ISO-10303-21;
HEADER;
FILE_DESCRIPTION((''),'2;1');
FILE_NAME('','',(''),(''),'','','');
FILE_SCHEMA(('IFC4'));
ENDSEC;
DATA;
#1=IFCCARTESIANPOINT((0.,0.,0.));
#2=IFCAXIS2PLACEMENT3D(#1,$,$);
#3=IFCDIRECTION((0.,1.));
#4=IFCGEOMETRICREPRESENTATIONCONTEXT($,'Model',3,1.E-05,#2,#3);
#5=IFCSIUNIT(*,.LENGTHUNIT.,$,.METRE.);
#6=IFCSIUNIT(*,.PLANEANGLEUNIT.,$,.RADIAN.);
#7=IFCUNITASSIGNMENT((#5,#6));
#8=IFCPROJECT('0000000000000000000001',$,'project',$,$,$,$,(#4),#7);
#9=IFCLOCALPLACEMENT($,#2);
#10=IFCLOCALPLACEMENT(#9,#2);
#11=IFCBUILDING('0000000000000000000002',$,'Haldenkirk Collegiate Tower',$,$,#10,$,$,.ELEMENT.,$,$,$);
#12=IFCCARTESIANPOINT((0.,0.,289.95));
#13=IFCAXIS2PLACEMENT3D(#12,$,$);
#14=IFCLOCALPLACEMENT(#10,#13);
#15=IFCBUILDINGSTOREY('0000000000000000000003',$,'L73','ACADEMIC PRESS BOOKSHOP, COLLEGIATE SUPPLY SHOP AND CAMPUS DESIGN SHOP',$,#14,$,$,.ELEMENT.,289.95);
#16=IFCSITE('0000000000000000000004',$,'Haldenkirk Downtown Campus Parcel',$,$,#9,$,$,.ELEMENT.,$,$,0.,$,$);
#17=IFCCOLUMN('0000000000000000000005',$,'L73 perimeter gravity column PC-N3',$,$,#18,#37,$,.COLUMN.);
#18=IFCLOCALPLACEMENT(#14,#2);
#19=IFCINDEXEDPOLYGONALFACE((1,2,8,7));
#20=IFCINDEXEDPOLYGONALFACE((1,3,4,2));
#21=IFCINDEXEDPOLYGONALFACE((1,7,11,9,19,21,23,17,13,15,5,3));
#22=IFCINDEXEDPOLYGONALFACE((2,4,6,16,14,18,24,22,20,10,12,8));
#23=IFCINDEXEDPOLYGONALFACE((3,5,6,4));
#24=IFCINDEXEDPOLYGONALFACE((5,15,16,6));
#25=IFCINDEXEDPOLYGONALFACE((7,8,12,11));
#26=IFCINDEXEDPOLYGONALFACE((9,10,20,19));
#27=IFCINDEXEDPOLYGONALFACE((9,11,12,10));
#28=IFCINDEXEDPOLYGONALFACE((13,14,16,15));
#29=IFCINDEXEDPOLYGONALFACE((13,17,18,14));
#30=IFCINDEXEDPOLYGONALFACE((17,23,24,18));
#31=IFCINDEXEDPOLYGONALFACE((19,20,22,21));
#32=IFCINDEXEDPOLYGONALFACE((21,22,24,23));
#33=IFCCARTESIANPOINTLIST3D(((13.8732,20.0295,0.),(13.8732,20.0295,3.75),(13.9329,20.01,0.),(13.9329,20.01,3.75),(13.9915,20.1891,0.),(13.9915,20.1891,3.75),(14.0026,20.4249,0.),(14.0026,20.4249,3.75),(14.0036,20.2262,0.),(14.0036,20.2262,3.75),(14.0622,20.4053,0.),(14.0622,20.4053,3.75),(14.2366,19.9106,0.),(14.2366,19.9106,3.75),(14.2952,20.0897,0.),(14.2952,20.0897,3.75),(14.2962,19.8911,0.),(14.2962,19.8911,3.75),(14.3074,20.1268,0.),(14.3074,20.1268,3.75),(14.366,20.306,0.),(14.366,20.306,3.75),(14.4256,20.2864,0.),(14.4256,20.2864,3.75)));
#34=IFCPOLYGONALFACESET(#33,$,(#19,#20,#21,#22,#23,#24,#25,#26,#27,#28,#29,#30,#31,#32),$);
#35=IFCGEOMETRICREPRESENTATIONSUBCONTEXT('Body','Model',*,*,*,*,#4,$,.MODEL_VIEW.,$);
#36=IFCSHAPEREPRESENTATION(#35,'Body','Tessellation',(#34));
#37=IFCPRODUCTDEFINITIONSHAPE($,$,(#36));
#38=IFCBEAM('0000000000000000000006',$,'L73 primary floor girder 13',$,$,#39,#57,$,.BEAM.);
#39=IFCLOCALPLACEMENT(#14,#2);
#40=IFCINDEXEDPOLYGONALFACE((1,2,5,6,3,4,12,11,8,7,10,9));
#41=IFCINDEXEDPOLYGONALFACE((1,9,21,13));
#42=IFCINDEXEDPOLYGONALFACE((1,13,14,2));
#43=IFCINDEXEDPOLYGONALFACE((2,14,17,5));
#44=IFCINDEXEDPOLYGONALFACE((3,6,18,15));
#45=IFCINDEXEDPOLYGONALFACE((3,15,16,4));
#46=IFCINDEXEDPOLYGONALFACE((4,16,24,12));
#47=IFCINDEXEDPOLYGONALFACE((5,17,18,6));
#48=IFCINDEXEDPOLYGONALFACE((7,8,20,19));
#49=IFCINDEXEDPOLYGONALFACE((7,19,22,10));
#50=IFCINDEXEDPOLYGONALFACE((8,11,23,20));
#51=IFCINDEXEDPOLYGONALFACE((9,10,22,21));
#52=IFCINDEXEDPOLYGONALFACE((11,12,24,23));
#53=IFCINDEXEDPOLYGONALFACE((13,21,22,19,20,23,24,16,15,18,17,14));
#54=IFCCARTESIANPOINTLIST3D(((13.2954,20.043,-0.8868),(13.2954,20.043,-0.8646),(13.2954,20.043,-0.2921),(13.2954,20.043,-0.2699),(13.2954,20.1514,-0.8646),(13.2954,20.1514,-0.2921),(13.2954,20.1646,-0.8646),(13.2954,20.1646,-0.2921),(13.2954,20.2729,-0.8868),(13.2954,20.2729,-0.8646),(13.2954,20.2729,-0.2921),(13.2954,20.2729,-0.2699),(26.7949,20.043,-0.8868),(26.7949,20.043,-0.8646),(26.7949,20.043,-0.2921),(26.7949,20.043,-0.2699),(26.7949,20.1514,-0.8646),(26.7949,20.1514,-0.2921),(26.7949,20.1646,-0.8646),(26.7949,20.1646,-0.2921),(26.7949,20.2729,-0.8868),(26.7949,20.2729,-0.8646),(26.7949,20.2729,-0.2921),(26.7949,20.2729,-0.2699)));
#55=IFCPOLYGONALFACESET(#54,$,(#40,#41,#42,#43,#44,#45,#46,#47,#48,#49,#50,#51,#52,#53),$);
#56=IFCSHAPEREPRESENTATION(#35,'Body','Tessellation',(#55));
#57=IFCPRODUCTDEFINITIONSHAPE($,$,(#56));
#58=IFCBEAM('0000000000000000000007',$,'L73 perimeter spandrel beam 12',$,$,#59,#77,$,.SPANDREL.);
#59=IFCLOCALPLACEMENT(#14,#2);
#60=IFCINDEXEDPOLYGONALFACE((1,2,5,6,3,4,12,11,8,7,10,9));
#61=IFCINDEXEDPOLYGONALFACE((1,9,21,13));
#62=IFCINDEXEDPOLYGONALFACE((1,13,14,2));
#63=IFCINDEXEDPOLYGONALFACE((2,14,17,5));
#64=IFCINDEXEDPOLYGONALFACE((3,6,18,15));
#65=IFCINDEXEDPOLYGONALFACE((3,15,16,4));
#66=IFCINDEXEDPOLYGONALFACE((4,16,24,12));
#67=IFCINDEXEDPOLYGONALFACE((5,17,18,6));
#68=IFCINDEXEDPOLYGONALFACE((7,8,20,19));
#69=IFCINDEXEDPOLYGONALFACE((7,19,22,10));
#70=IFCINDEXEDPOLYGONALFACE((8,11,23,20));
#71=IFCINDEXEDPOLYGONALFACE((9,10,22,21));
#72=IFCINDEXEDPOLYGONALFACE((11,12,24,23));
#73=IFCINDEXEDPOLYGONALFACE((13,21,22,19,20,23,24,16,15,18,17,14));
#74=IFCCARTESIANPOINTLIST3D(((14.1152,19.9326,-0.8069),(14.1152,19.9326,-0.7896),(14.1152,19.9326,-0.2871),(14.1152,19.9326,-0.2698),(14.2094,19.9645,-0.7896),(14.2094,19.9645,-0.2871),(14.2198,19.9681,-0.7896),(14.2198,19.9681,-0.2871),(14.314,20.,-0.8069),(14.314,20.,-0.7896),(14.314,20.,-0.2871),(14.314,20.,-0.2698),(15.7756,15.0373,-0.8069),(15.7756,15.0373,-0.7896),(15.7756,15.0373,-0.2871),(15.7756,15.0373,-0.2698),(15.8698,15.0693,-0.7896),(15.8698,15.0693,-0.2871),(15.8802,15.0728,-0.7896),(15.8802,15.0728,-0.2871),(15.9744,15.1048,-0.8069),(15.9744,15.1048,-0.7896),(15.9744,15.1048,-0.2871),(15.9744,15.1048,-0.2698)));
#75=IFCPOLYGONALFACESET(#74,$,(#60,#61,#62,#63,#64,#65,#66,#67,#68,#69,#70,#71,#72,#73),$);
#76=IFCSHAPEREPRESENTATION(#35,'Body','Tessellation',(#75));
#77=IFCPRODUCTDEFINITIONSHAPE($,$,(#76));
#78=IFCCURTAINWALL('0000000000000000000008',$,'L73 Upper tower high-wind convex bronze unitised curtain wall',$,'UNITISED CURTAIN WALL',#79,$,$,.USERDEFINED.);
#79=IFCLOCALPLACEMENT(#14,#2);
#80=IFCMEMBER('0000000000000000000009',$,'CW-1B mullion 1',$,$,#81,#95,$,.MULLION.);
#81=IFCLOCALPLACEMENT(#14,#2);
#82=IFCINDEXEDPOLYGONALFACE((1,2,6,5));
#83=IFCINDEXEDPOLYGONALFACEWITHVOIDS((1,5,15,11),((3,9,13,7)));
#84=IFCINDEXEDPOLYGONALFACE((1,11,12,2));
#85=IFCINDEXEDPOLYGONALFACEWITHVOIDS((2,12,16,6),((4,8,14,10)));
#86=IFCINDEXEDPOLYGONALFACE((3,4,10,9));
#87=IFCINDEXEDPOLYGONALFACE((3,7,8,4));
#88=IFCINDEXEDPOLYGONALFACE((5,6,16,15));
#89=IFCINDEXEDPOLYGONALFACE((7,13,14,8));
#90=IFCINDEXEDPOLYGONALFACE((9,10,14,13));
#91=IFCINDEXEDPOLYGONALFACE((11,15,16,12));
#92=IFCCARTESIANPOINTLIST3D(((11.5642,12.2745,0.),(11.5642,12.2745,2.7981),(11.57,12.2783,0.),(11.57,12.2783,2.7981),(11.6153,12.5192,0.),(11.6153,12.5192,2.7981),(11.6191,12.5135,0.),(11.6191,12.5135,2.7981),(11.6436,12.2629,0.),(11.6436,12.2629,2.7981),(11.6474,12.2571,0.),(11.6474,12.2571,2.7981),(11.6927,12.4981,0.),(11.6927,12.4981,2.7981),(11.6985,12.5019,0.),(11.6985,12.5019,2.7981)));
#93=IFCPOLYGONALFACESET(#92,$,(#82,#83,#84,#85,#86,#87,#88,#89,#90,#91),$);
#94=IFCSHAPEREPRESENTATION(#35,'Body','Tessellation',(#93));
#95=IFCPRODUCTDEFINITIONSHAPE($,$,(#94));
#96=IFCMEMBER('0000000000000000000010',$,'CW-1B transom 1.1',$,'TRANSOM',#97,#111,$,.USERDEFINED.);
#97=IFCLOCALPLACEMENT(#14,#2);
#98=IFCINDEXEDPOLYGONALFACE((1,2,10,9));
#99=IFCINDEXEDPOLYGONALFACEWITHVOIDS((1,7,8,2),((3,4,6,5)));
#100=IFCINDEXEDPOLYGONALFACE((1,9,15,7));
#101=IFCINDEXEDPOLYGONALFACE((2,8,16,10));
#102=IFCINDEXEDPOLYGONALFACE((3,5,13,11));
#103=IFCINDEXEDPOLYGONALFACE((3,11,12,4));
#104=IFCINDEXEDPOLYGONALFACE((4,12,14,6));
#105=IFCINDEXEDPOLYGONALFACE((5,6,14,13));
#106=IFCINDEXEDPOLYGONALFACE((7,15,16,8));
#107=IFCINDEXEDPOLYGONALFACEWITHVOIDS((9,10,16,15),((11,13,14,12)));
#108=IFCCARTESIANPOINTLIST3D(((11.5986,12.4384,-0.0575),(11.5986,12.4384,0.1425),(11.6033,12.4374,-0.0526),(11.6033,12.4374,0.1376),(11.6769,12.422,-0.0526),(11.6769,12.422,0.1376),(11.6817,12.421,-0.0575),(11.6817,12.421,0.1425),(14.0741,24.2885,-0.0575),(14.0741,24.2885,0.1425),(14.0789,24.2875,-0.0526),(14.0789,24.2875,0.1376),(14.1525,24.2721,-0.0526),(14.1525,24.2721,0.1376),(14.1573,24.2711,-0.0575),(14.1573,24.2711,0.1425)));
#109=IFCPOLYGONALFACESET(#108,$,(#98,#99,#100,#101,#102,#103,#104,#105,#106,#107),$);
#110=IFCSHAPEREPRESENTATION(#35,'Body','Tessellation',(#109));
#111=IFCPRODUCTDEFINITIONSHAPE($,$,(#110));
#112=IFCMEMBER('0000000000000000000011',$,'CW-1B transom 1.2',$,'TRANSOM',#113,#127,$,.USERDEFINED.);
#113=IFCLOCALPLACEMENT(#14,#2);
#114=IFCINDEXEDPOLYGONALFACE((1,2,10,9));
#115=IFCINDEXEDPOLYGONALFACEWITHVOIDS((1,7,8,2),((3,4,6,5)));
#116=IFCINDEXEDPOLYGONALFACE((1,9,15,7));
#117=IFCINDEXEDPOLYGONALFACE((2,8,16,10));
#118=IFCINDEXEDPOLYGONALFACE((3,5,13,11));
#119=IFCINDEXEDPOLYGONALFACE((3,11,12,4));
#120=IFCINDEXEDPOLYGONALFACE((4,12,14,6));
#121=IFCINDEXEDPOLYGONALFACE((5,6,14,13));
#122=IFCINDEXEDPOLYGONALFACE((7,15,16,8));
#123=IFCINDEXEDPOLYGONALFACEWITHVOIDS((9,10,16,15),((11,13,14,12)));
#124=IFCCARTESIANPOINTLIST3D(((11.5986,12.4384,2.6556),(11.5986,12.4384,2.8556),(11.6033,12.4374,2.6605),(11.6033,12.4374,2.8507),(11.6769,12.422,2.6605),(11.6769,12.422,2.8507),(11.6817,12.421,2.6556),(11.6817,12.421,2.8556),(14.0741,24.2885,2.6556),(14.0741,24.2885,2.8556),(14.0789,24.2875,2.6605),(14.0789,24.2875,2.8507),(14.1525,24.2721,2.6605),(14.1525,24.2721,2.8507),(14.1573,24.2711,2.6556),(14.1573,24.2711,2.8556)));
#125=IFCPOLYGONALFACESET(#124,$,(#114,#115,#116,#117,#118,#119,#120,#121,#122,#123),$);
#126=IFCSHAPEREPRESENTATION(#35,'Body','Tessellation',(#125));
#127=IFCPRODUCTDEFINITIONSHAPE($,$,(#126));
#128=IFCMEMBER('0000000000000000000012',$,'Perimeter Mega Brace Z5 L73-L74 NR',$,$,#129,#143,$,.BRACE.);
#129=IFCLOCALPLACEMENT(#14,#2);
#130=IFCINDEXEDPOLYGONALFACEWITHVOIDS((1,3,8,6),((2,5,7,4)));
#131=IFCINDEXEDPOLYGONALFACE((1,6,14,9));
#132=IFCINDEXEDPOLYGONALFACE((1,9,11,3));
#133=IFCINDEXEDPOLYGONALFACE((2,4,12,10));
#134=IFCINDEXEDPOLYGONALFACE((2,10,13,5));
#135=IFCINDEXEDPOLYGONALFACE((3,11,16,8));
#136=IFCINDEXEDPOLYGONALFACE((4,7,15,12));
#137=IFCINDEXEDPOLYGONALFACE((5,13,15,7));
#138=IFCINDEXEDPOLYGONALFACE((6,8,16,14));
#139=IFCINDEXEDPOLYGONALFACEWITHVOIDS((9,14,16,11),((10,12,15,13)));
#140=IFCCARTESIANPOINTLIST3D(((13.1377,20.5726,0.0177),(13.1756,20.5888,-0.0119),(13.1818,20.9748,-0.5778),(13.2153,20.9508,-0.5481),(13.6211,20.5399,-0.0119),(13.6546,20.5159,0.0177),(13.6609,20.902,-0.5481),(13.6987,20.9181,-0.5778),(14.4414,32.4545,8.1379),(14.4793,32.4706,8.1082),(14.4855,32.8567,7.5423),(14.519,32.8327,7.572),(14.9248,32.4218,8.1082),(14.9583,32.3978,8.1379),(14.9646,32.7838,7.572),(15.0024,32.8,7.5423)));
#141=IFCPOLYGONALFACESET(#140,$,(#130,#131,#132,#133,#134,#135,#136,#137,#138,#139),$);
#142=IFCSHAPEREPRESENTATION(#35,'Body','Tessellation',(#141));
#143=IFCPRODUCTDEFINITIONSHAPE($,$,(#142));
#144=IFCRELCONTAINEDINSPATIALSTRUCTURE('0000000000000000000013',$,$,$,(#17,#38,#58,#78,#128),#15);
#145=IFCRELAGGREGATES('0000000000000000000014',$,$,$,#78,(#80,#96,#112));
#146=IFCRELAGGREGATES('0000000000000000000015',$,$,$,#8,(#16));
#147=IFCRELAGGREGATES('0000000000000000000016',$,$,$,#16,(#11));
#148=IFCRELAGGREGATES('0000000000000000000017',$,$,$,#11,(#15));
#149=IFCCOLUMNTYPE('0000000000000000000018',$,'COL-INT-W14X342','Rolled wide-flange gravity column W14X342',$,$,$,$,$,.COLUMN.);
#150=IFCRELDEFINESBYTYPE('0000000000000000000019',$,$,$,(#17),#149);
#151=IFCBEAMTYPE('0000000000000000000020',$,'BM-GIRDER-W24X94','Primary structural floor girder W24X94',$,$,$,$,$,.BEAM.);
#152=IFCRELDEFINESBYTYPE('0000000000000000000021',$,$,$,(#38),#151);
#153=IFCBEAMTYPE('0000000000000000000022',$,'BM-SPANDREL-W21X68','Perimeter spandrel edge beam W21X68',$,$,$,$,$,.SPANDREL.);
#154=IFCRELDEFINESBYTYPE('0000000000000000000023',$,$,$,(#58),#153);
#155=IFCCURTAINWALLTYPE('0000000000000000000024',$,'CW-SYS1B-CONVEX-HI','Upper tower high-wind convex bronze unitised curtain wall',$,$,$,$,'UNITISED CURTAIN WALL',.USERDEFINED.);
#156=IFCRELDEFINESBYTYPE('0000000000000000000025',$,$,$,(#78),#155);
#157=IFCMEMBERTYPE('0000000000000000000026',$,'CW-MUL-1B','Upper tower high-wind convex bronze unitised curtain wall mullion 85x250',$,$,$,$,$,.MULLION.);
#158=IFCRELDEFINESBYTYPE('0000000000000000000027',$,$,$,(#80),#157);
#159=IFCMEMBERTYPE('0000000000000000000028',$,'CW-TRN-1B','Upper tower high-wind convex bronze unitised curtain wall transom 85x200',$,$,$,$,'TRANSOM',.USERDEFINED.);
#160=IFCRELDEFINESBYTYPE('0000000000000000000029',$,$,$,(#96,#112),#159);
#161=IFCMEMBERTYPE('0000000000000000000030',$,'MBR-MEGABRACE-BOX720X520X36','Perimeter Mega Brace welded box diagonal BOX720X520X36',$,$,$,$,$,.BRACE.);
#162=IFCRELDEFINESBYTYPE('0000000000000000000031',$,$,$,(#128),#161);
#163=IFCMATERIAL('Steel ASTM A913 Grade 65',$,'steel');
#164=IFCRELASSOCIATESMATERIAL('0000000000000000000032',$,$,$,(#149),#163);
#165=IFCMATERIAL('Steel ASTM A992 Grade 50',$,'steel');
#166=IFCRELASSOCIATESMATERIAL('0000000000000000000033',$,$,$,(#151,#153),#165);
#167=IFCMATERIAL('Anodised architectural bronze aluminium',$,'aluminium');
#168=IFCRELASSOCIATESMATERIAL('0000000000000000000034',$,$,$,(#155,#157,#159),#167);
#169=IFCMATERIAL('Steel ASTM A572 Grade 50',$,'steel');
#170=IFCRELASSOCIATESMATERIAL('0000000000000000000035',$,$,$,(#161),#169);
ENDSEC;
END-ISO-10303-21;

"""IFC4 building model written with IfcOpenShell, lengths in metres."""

from ifc_helpers import new_model, si_unit, direction, frame, origin, origin_2d, place, context, subcontext, project, spatial, hollow_rectangle, i_section, extrude, material, material_profile, profile_set, type_object, element, aggregate, save


model = new_model("IFC4")

# Units and contexts
model_context = context("Model", 3, precision=1e-05, world=origin(), true_north=direction((0.0, 1.0)))
body_context = subcontext(model_context, "Body", "Model", "MODEL_VIEW")
ifc_project = project(units=[si_unit("LENGTHUNIT", "METRE"), si_unit("PLANEANGLEUNIT", "RADIAN")], contexts=[model_context])

# Site, building, storey
site_placement = place(None, origin())
site = spatial("IfcSite", under=ifc_project, at=site_placement, Name="Haldenkirk Downtown Campus Parcel", CompositionType="ELEMENT", RefElevation=0.0)
building_placement = place(site_placement, origin())
building = spatial("IfcBuilding", under=site, at=building_placement, Name="Haldenkirk Collegiate Tower", CompositionType="ELEMENT")
storey_placement = place(building_placement, frame((0.0, 0.0, 289.95)))
storey = spatial("IfcBuildingStorey", under=building, at=storey_placement, Name="L73", Description="ACADEMIC PRESS BOOKSHOP, COLLEGIATE SUPPLY SHOP AND CAMPUS DESIGN SHOP", CompositionType="ELEMENT", Elevation=289.95)

# Column
ifc_material_1 = material(Name="Steel ASTM A913 Grade 65", Category="steel")
ifc_material_profile_1 = material_profile(ifc_material_1, i_section(OverallWidth=0.416, OverallDepth=0.4451, WebThickness=0.0391, FlangeThickness=0.0627, at=origin_2d()), Name="W14X342")
ifc_profile_set_1 = profile_set([ifc_material_profile_1], Name="Steel ASTM A913 Grade 65")
column_type = type_object("IfcColumnType", Name="COL-INT-W14X342", Description="Rolled wide-flange gravity column W14X342", PredefinedType="COLUMN", material=ifc_profile_set_1)
column_placement = place(storey_placement, frame((14.1494, 20.158, 0.0), z_axis=(0.0, 0.0, 1.0), x_axis=(0.311008, 0.950407, 0.0)))
element("IfcColumn", 1, at=column_placement, inside=storey, type_object=column_type, Name="L73 perimeter gravity column PC-N3", PredefinedType="COLUMN", context=body_context, shape_type="SweptSolid", body=[
    extrude(i_section(OverallWidth=0.416, OverallDepth=0.4451, WebThickness=0.0391, FlangeThickness=0.0627, at=origin_2d()), origin(), (0.0, 0.0, 1.0), 3.75),
])

# Beams
ifc_material_2 = material(Name="Steel ASTM A992 Grade 50", Category="steel")
ifc_material_profile_2 = material_profile(ifc_material_2, i_section(OverallWidth=0.23, OverallDepth=0.6169, WebThickness=0.0132, FlangeThickness=0.0222, at=origin_2d()), Name="W24X94")
ifc_profile_set_2 = profile_set([ifc_material_profile_2], Name="Steel ASTM A992 Grade 50")
beam_type_1 = type_object("IfcBeamType", Name="BM-GIRDER-W24X94", Description="Primary structural floor girder W24X94", PredefinedType="BEAM", material=ifc_profile_set_2)
beam_1_placement = place(storey_placement, frame((13.2954, 20.158, -0.5784), z_axis=(1.0, 0.0, 0.0), x_axis=(0.0, 1.0, 0.0)))
element("IfcBeam", 2, at=beam_1_placement, inside=storey, type_object=beam_type_1, Name="L73 primary floor girder 13", PredefinedType="BEAM", context=body_context, shape_type="SweptSolid", body=[
    extrude(i_section(OverallWidth=0.23, OverallDepth=0.6169, WebThickness=0.0132, FlangeThickness=0.0222, at=origin_2d()), origin(), (0.0, 0.0, 1.0), 13.4995),
])
ifc_material_profile_3 = material_profile(ifc_material_2, i_section(OverallWidth=0.21, OverallDepth=0.5371, WebThickness=0.011, FlangeThickness=0.0173, at=origin_2d()), Name="W21X68")
ifc_profile_set_3 = profile_set([ifc_material_profile_3], Name="Steel ASTM A992 Grade 50")
beam_type_2 = type_object("IfcBeamType", Name="BM-SPANDREL-W21X68", Description="Perimeter spandrel edge beam W21X68", PredefinedType="SPANDREL", material=ifc_profile_set_3)
beam_2_placement = place(storey_placement, frame((14.2146, 19.9663, -0.5383), z_axis=(0.321211, -0.947008, 0.0), x_axis=(0.947008, 0.321211, 0.0)))
element("IfcBeam", 3, at=beam_2_placement, inside=storey, type_object=beam_type_2, Name="L73 perimeter spandrel beam 12", PredefinedType="SPANDREL", context=body_context, shape_type="SweptSolid", body=[
    extrude(i_section(OverallWidth=0.21, OverallDepth=0.5371, WebThickness=0.011, FlangeThickness=0.0173, at=origin_2d()), origin(), (0.0, 0.0, 1.0), 5.1692),
])

# Curtain wall, members
ifc_material_3 = material(Name="Anodised architectural bronze aluminium", Category="aluminium")
curtain_wall_type = type_object("IfcCurtainWallType", Name="CW-SYS1B-CONVEX-HI", Description="Upper tower high-wind convex bronze unitised curtain wall", ElementType="UNITISED CURTAIN WALL", PredefinedType="USERDEFINED", material=ifc_material_3)
curtain_wall_placement = place(storey_placement, origin())
curtain_wall = element("IfcCurtainWall", 4, at=curtain_wall_placement, inside=storey, type_object=curtain_wall_type, Name="L73 Upper tower high-wind convex bronze unitised curtain wall", ObjectType="UNITISED CURTAIN WALL", PredefinedType="USERDEFINED")
ifc_material_profile_4 = material_profile(ifc_material_3, hollow_rectangle(XDim=0.085, YDim=0.25, WallThickness=0.0049, at=origin_2d()), Name="CW-MUL-1B")
ifc_profile_set_4 = profile_set([ifc_material_profile_4], Name="Anodised architectural bronze aluminium")
member_type_1 = type_object("IfcMemberType", Name="CW-MUL-1B", Description="Upper tower high-wind convex bronze unitised curtain wall mullion 85x250", PredefinedType="MULLION", material=ifc_profile_set_4)
member_1_placement = place(storey_placement, frame((11.6313, 12.3882, 0.0), z_axis=(0.0, 0.0, 1.0), x_axis=(-0.978867, 0.204499, 0.0)))
member_1 = element("IfcMember", 5, at=member_1_placement, type_object=member_type_1, Name="CW-1B mullion 1", PredefinedType="MULLION", context=body_context, shape_type="SweptSolid", body=[
    extrude(hollow_rectangle(XDim=0.085, YDim=0.25, WallThickness=0.0049, at=origin_2d()), origin(), (0.0, 0.0, 1.0), 2.7981),
])
ifc_material_profile_5 = material_profile(ifc_material_3, hollow_rectangle(XDim=0.085, YDim=0.2, WallThickness=0.0049, at=origin_2d()), Name="CW-TRN-1B")
ifc_profile_set_5 = profile_set([ifc_material_profile_5], Name="Anodised architectural bronze aluminium")
member_type_2 = type_object("IfcMemberType", Name="CW-TRN-1B", Description="Upper tower high-wind convex bronze unitised curtain wall transom 85x200", ElementType="TRANSOM", PredefinedType="USERDEFINED", material=ifc_profile_set_5)
member_2_placement = place(storey_placement, frame((11.6401, 12.4297, 0.0425), z_axis=(0.204494, 0.978868, 0.0), x_axis=(-0.978868, 0.204494, 0.0)))
member_2 = element("IfcMember", 6, at=member_2_placement, type_object=member_type_2, Name="CW-1B transom 1.1", ObjectType="TRANSOM", PredefinedType="USERDEFINED", context=body_context, shape_type="SweptSolid", body=[
    extrude(hollow_rectangle(XDim=0.085, YDim=0.2, WallThickness=0.0049, at=origin_2d()), origin(), (0.0, 0.0, 1.0), 12.106),
])
member_3_placement = place(storey_placement, frame((11.6401, 12.4297, 2.7556), z_axis=(0.204494, 0.978868, 0.0), x_axis=(-0.978868, 0.204494, 0.0)))
member_3 = element("IfcMember", 7, at=member_3_placement, type_object=member_type_2, Name="CW-1B transom 1.2", ObjectType="TRANSOM", PredefinedType="USERDEFINED", context=body_context, shape_type="SweptSolid", body=[
    extrude(hollow_rectangle(XDim=0.085, YDim=0.2, WallThickness=0.0049, at=origin_2d()), origin(), (0.0, 0.0, 1.0), 12.106),
])

# Member
ifc_material_4 = material(Name="Steel ASTM A572 Grade 50", Category="steel")
ifc_material_profile_6 = material_profile(ifc_material_4, hollow_rectangle(XDim=0.52, YDim=0.72, WallThickness=0.0359, at=origin_2d()), Name="BOX720X520X36")
ifc_profile_set_6 = profile_set([ifc_material_profile_6], Name="Steel ASTM A572 Grade 50")
member_type_3 = type_object("IfcMemberType", Name="MBR-MEGABRACE-BOX720X520X36", Description="Perimeter Mega Brace welded box diagonal BOX720X520X36", PredefinedType="BRACE", material=ifc_profile_set_6)
member_4_placement = place(storey_placement, frame((13.4182, 20.7454, -0.28), z_axis=(0.09022, 0.82225, 0.56193), x_axis=(-0.994034, 0.109068, 0.0)))
element("IfcMember", 8, at=member_4_placement, inside=storey, type_object=member_type_3, Name="Perimeter Mega Brace Z5 L73-L74 NR", PredefinedType="BRACE", context=body_context, shape_type="SweptSolid", body=[
    extrude(hollow_rectangle(XDim=0.52, YDim=0.72, WallThickness=0.0359, at=origin_2d()), origin(), (0.0, 0.0, 1.0), 14.4504),
])

aggregate(curtain_wall, [member_1, member_2, member_3])

save(model, "model.ifc")
